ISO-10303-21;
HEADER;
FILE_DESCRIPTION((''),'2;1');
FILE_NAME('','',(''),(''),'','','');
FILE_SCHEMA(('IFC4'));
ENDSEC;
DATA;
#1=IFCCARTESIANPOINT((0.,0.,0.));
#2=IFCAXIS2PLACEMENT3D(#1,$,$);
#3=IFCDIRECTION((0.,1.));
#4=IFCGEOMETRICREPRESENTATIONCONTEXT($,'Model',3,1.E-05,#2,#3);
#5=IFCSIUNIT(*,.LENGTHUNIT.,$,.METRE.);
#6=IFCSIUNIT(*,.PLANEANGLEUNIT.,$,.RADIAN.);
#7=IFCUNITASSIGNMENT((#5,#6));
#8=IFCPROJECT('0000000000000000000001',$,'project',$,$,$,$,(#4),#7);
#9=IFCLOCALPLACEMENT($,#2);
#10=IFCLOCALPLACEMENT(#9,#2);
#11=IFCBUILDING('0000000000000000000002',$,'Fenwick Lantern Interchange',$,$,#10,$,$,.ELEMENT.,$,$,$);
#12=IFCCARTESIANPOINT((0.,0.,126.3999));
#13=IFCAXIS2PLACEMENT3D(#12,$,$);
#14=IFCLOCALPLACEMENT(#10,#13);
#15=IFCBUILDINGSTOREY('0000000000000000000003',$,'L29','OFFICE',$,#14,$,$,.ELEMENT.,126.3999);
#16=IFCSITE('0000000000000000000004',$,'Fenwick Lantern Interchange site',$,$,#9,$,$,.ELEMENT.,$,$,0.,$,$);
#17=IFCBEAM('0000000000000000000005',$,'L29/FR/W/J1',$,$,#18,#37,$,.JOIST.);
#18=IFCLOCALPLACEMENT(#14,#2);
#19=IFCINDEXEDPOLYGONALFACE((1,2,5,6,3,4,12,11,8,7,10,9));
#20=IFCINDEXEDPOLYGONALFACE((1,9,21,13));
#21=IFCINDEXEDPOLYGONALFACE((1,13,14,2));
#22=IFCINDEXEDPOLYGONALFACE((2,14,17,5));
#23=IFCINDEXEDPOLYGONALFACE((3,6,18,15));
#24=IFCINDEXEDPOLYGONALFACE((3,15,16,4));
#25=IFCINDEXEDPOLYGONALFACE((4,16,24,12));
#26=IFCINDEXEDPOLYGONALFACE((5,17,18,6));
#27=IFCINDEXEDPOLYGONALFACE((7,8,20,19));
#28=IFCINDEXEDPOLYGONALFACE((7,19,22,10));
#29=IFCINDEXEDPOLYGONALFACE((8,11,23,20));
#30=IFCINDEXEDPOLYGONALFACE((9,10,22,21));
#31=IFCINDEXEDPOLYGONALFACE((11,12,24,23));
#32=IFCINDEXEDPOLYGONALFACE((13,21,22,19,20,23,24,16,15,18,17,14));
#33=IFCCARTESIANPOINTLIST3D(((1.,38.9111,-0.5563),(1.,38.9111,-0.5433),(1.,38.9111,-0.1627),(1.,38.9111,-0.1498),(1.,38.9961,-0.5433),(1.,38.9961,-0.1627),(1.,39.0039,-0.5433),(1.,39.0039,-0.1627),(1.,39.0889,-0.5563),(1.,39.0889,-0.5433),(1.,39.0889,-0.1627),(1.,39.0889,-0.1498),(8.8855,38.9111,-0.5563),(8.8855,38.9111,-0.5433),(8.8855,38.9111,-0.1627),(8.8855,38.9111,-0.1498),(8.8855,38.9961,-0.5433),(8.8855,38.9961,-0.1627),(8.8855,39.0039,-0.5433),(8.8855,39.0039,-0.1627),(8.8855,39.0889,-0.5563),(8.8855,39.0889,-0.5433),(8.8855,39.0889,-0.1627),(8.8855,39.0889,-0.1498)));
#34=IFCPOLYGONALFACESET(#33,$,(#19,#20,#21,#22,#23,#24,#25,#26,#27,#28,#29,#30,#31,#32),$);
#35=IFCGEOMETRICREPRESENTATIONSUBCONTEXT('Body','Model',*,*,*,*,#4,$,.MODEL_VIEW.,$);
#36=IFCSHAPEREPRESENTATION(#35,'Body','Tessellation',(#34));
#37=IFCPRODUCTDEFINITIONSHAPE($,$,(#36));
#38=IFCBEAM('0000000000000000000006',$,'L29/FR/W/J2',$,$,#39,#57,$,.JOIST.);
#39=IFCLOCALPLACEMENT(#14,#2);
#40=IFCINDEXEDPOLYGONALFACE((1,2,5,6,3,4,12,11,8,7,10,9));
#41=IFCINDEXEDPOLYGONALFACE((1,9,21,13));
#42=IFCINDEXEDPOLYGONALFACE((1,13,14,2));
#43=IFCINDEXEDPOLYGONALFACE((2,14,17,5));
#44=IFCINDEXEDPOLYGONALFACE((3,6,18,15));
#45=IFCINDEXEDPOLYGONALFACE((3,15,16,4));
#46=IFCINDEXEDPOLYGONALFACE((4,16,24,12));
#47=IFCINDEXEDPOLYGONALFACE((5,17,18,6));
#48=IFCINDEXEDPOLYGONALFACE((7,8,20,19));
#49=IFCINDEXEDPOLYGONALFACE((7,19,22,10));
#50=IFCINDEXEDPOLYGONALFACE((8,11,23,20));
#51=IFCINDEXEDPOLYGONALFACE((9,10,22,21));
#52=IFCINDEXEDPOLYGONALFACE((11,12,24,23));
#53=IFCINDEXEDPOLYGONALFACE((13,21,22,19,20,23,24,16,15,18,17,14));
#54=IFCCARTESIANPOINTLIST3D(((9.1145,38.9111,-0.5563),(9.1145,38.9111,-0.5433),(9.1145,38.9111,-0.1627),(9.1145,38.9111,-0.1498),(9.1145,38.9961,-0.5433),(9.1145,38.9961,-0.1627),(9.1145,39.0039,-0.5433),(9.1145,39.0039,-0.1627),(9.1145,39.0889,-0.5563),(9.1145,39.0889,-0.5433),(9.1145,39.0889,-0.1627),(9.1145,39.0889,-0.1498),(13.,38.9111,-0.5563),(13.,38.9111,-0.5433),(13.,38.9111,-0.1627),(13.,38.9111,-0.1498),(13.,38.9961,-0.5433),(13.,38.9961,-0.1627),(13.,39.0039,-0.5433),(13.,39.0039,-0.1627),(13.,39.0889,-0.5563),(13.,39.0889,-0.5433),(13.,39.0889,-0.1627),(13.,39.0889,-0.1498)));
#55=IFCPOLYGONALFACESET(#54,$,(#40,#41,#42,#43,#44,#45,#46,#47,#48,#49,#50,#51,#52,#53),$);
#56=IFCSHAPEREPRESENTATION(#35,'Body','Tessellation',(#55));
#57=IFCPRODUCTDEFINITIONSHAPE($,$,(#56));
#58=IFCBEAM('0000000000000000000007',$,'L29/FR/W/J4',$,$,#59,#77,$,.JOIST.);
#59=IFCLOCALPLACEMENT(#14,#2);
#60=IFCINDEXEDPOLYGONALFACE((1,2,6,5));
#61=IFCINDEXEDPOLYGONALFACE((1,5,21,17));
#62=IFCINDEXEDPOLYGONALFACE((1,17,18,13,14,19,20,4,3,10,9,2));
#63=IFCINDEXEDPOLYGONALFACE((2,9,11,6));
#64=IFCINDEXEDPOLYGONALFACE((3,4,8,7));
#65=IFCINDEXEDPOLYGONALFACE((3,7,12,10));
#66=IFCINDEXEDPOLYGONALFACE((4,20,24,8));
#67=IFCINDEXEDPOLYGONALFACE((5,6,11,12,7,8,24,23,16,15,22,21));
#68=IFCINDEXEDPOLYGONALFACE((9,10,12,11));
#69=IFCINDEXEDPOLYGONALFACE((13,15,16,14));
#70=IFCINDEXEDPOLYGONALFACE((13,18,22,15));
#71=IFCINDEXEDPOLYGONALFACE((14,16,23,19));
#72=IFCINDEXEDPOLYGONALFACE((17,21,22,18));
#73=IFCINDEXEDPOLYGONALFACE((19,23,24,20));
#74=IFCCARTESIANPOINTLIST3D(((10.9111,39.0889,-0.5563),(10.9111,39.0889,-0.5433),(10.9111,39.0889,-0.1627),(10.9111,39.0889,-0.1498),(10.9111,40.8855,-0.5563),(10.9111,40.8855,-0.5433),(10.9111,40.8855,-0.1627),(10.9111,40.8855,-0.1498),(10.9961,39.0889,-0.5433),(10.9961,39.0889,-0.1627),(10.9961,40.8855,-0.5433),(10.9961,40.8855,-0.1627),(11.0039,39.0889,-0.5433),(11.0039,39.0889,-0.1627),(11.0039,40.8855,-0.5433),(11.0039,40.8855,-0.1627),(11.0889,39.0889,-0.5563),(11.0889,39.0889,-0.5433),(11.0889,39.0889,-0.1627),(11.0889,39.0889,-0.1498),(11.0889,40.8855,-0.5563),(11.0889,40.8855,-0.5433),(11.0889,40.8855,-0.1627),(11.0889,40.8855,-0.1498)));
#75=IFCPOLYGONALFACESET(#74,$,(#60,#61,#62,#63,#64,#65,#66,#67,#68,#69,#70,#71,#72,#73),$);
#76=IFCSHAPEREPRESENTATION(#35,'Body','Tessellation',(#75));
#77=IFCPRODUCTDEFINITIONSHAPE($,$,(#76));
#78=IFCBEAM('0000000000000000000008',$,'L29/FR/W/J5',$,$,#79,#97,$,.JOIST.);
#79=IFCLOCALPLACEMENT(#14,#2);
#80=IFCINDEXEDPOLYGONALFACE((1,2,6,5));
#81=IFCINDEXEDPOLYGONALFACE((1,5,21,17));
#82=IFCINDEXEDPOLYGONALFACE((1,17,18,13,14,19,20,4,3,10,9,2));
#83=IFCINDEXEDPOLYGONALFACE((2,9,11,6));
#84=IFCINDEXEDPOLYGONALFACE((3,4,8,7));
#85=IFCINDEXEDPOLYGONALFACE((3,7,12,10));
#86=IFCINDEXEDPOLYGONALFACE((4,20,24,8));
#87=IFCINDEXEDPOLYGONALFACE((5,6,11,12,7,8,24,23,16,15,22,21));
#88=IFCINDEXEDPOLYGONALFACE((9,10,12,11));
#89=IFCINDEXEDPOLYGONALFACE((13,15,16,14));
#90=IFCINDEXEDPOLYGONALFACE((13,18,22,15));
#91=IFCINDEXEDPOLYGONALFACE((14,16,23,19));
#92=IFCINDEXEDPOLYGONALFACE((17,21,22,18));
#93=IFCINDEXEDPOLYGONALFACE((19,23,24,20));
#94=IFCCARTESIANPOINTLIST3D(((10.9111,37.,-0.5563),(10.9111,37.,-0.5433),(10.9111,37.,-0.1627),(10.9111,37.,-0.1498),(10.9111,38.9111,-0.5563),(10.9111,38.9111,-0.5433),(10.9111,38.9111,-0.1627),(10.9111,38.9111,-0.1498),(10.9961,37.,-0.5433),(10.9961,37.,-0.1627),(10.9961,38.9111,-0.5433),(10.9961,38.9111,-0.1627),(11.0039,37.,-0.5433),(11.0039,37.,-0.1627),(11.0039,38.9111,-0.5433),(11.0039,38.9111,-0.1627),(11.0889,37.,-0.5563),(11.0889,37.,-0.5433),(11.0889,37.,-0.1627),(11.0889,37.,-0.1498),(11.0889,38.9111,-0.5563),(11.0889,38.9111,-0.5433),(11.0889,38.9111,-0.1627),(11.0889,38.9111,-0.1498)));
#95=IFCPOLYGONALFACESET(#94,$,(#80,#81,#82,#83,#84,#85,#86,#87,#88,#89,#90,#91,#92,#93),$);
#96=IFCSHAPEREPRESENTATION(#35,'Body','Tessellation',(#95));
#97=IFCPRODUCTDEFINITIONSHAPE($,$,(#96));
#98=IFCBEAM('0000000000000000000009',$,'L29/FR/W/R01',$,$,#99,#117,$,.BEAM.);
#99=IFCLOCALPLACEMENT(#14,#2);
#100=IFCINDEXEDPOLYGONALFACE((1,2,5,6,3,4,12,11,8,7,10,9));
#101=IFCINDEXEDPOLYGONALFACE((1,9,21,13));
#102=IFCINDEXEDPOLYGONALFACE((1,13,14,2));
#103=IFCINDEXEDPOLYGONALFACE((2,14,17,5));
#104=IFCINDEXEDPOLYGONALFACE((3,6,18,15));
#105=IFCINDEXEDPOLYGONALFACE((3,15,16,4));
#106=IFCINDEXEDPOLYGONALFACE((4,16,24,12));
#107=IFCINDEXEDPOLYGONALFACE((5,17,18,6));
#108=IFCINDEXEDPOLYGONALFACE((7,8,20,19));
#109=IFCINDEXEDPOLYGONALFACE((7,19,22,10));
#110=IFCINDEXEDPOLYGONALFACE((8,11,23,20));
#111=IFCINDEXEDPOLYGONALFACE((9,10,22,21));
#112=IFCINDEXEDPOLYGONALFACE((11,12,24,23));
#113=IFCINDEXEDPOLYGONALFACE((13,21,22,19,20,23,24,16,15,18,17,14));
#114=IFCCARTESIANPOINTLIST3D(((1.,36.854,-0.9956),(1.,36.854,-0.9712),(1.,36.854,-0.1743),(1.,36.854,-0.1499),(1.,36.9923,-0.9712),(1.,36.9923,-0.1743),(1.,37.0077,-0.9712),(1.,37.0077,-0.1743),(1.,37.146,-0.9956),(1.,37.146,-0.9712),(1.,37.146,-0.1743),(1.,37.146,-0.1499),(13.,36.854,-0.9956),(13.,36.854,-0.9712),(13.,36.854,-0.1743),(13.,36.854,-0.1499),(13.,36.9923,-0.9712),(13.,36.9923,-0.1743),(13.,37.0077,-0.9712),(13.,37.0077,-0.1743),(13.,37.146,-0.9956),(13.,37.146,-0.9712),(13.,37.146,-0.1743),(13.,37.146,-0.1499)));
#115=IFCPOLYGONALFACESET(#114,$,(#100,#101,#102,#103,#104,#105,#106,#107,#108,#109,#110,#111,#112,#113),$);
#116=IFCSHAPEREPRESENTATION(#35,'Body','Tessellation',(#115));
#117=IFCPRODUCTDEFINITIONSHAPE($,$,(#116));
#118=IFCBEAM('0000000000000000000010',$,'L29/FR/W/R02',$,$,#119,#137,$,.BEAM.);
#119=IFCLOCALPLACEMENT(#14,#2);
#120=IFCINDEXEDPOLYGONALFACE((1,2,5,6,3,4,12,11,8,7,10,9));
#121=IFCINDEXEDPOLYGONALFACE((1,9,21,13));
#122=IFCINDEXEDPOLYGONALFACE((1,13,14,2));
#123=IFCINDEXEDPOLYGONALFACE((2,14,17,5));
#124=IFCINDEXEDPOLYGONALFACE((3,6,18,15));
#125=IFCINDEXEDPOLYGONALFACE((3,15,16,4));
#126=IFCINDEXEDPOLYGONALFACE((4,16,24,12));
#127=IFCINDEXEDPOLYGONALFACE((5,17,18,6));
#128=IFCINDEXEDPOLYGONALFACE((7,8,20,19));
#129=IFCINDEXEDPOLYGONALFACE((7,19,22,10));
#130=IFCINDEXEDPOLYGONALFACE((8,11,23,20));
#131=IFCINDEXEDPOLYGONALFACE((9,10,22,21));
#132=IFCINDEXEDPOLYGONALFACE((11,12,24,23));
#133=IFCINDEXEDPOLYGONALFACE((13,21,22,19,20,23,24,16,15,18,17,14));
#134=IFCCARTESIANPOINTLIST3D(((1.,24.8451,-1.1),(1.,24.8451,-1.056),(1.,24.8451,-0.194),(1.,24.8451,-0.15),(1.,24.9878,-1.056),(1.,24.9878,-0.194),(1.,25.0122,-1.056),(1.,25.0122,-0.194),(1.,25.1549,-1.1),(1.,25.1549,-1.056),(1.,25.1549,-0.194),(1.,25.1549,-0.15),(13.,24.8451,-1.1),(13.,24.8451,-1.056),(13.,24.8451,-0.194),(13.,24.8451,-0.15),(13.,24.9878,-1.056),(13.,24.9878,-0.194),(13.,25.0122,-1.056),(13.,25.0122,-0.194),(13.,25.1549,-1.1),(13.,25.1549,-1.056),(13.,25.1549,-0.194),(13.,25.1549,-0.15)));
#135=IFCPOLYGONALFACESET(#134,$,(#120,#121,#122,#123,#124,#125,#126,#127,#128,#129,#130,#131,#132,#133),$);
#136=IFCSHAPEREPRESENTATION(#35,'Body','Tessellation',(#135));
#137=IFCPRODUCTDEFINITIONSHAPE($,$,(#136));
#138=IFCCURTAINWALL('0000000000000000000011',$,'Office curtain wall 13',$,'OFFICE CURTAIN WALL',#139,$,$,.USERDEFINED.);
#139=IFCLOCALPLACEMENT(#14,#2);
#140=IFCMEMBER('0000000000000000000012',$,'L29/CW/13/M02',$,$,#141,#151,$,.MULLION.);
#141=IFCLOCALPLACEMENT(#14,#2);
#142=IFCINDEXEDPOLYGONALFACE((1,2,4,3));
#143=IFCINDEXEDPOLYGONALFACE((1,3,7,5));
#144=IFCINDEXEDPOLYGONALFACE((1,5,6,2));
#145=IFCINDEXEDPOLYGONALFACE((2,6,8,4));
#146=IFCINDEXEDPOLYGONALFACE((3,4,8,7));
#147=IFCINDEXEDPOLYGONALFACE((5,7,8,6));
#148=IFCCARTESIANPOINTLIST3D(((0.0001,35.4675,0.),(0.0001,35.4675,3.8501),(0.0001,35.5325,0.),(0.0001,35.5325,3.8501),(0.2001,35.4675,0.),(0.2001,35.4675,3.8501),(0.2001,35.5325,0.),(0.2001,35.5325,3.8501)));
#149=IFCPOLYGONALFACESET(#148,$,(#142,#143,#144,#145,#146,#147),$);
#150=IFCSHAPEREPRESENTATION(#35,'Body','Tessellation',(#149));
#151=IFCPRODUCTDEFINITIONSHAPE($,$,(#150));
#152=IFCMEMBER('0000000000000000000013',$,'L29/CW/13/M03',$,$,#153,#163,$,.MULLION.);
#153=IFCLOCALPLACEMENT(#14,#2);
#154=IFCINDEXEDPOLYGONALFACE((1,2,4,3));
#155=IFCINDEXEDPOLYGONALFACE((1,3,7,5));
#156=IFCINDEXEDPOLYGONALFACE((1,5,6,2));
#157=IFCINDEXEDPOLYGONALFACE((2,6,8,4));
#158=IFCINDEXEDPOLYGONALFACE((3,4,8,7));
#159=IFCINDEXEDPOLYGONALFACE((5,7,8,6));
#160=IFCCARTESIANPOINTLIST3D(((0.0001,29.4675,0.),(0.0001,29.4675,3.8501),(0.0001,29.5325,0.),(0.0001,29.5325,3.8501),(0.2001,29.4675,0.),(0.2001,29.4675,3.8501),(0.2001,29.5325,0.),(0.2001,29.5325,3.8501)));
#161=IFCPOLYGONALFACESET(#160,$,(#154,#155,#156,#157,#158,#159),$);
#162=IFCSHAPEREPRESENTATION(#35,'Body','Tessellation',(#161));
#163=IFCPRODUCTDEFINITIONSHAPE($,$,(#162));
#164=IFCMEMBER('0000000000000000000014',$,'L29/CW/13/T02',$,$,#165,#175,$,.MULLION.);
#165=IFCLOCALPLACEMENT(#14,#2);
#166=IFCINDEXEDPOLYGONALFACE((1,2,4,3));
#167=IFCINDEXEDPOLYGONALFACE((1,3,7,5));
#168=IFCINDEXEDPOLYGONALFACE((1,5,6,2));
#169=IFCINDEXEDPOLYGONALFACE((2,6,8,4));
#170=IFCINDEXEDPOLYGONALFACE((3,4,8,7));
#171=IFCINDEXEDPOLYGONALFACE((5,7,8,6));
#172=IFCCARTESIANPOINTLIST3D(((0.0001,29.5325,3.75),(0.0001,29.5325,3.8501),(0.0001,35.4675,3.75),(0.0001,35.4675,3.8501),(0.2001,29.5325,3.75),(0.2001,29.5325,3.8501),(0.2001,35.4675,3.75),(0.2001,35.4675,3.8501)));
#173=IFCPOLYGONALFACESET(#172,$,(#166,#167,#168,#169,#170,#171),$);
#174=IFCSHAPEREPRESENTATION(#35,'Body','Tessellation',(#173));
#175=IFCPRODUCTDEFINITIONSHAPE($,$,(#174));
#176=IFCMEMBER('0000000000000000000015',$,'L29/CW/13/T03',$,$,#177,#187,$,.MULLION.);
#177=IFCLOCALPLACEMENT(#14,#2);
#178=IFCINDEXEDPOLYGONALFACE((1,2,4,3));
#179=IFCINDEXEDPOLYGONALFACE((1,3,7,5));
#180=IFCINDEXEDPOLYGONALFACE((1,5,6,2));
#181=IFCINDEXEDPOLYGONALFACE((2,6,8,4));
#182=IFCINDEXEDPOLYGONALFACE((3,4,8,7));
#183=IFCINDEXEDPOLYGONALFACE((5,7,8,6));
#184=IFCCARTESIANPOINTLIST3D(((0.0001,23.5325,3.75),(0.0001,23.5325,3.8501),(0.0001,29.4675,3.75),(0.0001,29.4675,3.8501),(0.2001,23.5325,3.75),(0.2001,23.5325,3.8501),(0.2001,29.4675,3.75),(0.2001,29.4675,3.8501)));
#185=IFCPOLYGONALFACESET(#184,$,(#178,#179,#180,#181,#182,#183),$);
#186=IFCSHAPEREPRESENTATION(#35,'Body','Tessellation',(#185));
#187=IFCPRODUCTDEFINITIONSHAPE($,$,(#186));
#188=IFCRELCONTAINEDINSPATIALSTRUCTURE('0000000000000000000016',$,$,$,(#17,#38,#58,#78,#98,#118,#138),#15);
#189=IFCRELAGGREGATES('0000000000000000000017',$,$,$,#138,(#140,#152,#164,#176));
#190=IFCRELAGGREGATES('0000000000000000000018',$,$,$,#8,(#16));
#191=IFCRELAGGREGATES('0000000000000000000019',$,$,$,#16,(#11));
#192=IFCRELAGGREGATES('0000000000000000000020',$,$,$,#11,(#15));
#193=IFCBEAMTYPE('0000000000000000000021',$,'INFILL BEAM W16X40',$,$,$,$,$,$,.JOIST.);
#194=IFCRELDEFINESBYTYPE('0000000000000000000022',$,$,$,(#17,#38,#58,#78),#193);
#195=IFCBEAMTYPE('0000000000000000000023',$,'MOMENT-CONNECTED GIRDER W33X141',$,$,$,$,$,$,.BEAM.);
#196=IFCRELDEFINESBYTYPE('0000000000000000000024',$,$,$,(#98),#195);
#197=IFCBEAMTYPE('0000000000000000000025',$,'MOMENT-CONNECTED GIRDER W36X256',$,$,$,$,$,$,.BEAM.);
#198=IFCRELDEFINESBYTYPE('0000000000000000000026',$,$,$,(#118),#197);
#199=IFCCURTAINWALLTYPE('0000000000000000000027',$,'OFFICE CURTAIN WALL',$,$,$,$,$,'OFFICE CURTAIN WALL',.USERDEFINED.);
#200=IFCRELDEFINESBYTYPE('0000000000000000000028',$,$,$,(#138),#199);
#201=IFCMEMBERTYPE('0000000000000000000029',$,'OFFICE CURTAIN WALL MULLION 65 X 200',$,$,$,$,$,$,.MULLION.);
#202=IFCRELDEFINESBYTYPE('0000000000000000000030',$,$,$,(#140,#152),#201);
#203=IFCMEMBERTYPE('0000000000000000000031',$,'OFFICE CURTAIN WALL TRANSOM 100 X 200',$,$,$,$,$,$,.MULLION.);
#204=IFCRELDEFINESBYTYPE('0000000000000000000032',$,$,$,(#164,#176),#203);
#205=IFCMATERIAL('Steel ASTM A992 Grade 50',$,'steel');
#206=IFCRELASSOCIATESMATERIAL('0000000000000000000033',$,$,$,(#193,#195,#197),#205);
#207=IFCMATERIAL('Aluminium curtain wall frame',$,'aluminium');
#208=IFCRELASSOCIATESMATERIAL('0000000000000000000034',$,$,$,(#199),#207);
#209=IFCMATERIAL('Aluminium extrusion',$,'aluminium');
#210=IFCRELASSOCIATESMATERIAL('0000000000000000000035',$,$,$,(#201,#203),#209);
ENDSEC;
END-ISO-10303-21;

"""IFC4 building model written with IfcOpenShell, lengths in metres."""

from ifc_helpers import new_model, si_unit, direction, frame, origin, origin_2d, place, context, subcontext, project, spatial, rectangle, i_section, extrude, material, material_profile, profile_set, type_object, element, aggregate, save


model = new_model("IFC4")

# Units and contexts
model_context = context("Model", 3, precision=1e-05, world=origin(), true_north=direction((0.0, 1.0)))
body_context = subcontext(model_context, "Body", "Model", "MODEL_VIEW")
ifc_project = project(units=[si_unit("LENGTHUNIT", "METRE"), si_unit("PLANEANGLEUNIT", "RADIAN")], contexts=[model_context])

# Site, building, storey
site_placement = place(None, origin())
site = spatial("IfcSite", under=ifc_project, at=site_placement, Name="Fenwick Lantern Interchange site", CompositionType="ELEMENT", RefElevation=0.0)
building_placement = place(site_placement, origin())
building = spatial("IfcBuilding", under=site, at=building_placement, Name="Fenwick Lantern Interchange", CompositionType="ELEMENT")
storey_placement = place(building_placement, frame((0.0, 0.0, 126.3999)))
storey = spatial("IfcBuildingStorey", under=building, at=storey_placement, Name="L29", Description="OFFICE", CompositionType="ELEMENT", Elevation=126.3999)

# Beams
ifc_material_1 = material(Name="Steel ASTM A992 Grade 50", Category="steel")
ifc_material_profile_1 = material_profile(ifc_material_1, i_section(OverallWidth=0.1777, OverallDepth=0.4065, WebThickness=0.0078, FlangeThickness=0.0129, at=origin_2d()), Name="W16X40")
ifc_profile_set_1 = profile_set([ifc_material_profile_1], Name="Steel ASTM A992 Grade 50")
beam_type_1 = type_object("IfcBeamType", Name="INFILL BEAM W16X40", PredefinedType="JOIST", material=ifc_profile_set_1)
beam_1_placement = place(storey_placement, frame((1.0, 39.0, -0.353), z_axis=(1.0, 0.0, 0.0), x_axis=(0.0, 1.0, 0.0)))
element("IfcBeam", 1, at=beam_1_placement, inside=storey, type_object=beam_type_1, Name="L29/FR/W/J1", PredefinedType="JOIST", context=body_context, shape_type="SweptSolid", body=[
    extrude(i_section(OverallWidth=0.1777, OverallDepth=0.4065, WebThickness=0.0078, FlangeThickness=0.0129, at=origin_2d()), origin(), (0.0, 0.0, 1.0), 7.8855),
])
beam_2_placement = place(storey_placement, frame((9.1145, 39.0, -0.353), z_axis=(1.0, 0.0, 0.0), x_axis=(0.0, 1.0, 0.0)))
element("IfcBeam", 2, at=beam_2_placement, inside=storey, type_object=beam_type_1, Name="L29/FR/W/J2", PredefinedType="JOIST", context=body_context, shape_type="SweptSolid", body=[
    extrude(i_section(OverallWidth=0.1777, OverallDepth=0.4065, WebThickness=0.0078, FlangeThickness=0.0129, at=origin_2d()), origin(), (0.0, 0.0, 1.0), 3.8855),
])
beam_3_placement = place(storey_placement, frame((11.0, 40.8855, -0.353), z_axis=(0.0, -1.0, 0.0), x_axis=(1.0, 0.0, 0.0)))
element("IfcBeam", 3, at=beam_3_placement, inside=storey, type_object=beam_type_1, Name="L29/FR/W/J4", PredefinedType="JOIST", context=body_context, shape_type="SweptSolid", body=[
    extrude(i_section(OverallWidth=0.1777, OverallDepth=0.4065, WebThickness=0.0078, FlangeThickness=0.0129, at=origin_2d()), origin(), (0.0, 0.0, 1.0), 1.7966),
])
beam_4_placement = place(storey_placement, frame((11.0, 38.9111, -0.353), z_axis=(0.0, -1.0, 0.0), x_axis=(1.0, 0.0, 0.0)))
element("IfcBeam", 4, at=beam_4_placement, inside=storey, type_object=beam_type_1, Name="L29/FR/W/J5", PredefinedType="JOIST", context=body_context, shape_type="SweptSolid", body=[
    extrude(i_section(OverallWidth=0.1777, OverallDepth=0.4065, WebThickness=0.0078, FlangeThickness=0.0129, at=origin_2d()), origin(), (0.0, 0.0, 1.0), 1.9111),
])
ifc_material_profile_2 = material_profile(ifc_material_1, i_section(OverallWidth=0.292, OverallDepth=0.8457, WebThickness=0.0154, FlangeThickness=0.0244, at=origin_2d()), Name="W33X141")
ifc_profile_set_2 = profile_set([ifc_material_profile_2], Name="Steel ASTM A992 Grade 50")
beam_type_2 = type_object("IfcBeamType", Name="MOMENT-CONNECTED GIRDER W33X141", PredefinedType="BEAM", material=ifc_profile_set_2)
beam_5_placement = place(storey_placement, frame((1.0, 37.0, -0.5728), z_axis=(1.0, 0.0, 0.0), x_axis=(0.0, 1.0, 0.0)))
element("IfcBeam", 5, at=beam_5_placement, inside=storey, type_object=beam_type_2, Name="L29/FR/W/R01", PredefinedType="BEAM", context=body_context, shape_type="SweptSolid", body=[
    extrude(i_section(OverallWidth=0.292, OverallDepth=0.8457, WebThickness=0.0154, FlangeThickness=0.0244, at=origin_2d()), origin(), (0.0, 0.0, 1.0), 12.0),
])
ifc_material_profile_3 = material_profile(ifc_material_1, i_section(OverallWidth=0.3098, OverallDepth=0.95, WebThickness=0.0244, FlangeThickness=0.0439, at=origin_2d()), Name="W36X256")
ifc_profile_set_3 = profile_set([ifc_material_profile_3], Name="Steel ASTM A992 Grade 50")
beam_type_3 = type_object("IfcBeamType", Name="MOMENT-CONNECTED GIRDER W36X256", PredefinedType="BEAM", material=ifc_profile_set_3)
beam_6_placement = place(storey_placement, frame((1.0, 25.0, -0.625), z_axis=(1.0, 0.0, 0.0), x_axis=(0.0, 1.0, 0.0)))
element("IfcBeam", 6, at=beam_6_placement, inside=storey, type_object=beam_type_3, Name="L29/FR/W/R02", PredefinedType="BEAM", context=body_context, shape_type="SweptSolid", body=[
    extrude(i_section(OverallWidth=0.3098, OverallDepth=0.95, WebThickness=0.0244, FlangeThickness=0.0439, at=origin_2d()), origin(), (0.0, 0.0, 1.0), 12.0),
])

# Curtain wall, members
ifc_material_2 = material(Name="Aluminium curtain wall frame", Category="aluminium")
curtain_wall_type = type_object("IfcCurtainWallType", Name="OFFICE CURTAIN WALL", ElementType="OFFICE CURTAIN WALL", PredefinedType="USERDEFINED", material=ifc_material_2)
curtain_wall_placement = place(storey_placement, origin())
curtain_wall = element("IfcCurtainWall", 7, at=curtain_wall_placement, inside=storey, type_object=curtain_wall_type, Name="Office curtain wall 13", ObjectType="OFFICE CURTAIN WALL", PredefinedType="USERDEFINED")
ifc_material_3 = material(Name="Aluminium extrusion", Category="aluminium")
ifc_material_profile_4 = material_profile(ifc_material_3, rectangle(XDim=0.2, YDim=0.0649, at=origin_2d()), Name="OFFICE CURTAIN WALL MULLION 65 X 200")
ifc_profile_set_4 = profile_set([ifc_material_profile_4], Name="Aluminium extrusion")
member_type_1 = type_object("IfcMemberType", Name="OFFICE CURTAIN WALL MULLION 65 X 200", PredefinedType="MULLION", material=ifc_profile_set_4)
member_1_placement = place(storey_placement, frame((0.1001, 35.5, 0.0), z_axis=(0.0, 0.0, 1.0), x_axis=(1.0, 0.0, 0.0)))
member_1 = element("IfcMember", 8, at=member_1_placement, type_object=member_type_1, Name="L29/CW/13/M02", PredefinedType="MULLION", context=body_context, shape_type="SweptSolid", body=[
    extrude(rectangle(XDim=0.2, YDim=0.0649, at=origin_2d()), origin(), (0.0, 0.0, 1.0), 3.8501),
])
member_2_placement = place(storey_placement, frame((0.1001, 29.5, 0.0), z_axis=(0.0, 0.0, 1.0), x_axis=(1.0, 0.0, 0.0)))
member_2 = element("IfcMember", 9, at=member_2_placement, type_object=member_type_1, Name="L29/CW/13/M03", PredefinedType="MULLION", context=body_context, shape_type="SweptSolid", body=[
    extrude(rectangle(XDim=0.2, YDim=0.0649, at=origin_2d()), origin(), (0.0, 0.0, 1.0), 3.8501),
])
ifc_material_profile_5 = material_profile(ifc_material_3, rectangle(XDim=0.2, YDim=0.1001, at=origin_2d()), Name="OFFICE CURTAIN WALL TRANSOM 100 X 200")
ifc_profile_set_5 = profile_set([ifc_material_profile_5], Name="Aluminium extrusion")
member_type_2 = type_object("IfcMemberType", Name="OFFICE CURTAIN WALL TRANSOM 100 X 200", PredefinedType="MULLION", material=ifc_profile_set_5)
member_3_placement = place(storey_placement, frame((0.1001, 35.4675, 3.8), z_axis=(0.0, -1.0, 0.0), x_axis=(1.0, 0.0, 0.0)))
member_3 = element("IfcMember", 10, at=member_3_placement, type_object=member_type_2, Name="L29/CW/13/T02", PredefinedType="MULLION", context=body_context, shape_type="SweptSolid", body=[
    extrude(rectangle(XDim=0.2, YDim=0.1001, at=origin_2d()), origin(), (0.0, 0.0, 1.0), 5.9351),
])
member_4_placement = place(storey_placement, frame((0.1001, 29.4675, 3.8), z_axis=(0.0, -1.0, 0.0), x_axis=(1.0, 0.0, 0.0)))
member_4 = element("IfcMember", 11, at=member_4_placement, type_object=member_type_2, Name="L29/CW/13/T03", PredefinedType="MULLION", context=body_context, shape_type="SweptSolid", body=[
    extrude(rectangle(XDim=0.2, YDim=0.1001, at=origin_2d()), origin(), (0.0, 0.0, 1.0), 5.9351),
])
aggregate(curtain_wall, [member_1, member_2, member_3, member_4])

save(model, "model.ifc")
